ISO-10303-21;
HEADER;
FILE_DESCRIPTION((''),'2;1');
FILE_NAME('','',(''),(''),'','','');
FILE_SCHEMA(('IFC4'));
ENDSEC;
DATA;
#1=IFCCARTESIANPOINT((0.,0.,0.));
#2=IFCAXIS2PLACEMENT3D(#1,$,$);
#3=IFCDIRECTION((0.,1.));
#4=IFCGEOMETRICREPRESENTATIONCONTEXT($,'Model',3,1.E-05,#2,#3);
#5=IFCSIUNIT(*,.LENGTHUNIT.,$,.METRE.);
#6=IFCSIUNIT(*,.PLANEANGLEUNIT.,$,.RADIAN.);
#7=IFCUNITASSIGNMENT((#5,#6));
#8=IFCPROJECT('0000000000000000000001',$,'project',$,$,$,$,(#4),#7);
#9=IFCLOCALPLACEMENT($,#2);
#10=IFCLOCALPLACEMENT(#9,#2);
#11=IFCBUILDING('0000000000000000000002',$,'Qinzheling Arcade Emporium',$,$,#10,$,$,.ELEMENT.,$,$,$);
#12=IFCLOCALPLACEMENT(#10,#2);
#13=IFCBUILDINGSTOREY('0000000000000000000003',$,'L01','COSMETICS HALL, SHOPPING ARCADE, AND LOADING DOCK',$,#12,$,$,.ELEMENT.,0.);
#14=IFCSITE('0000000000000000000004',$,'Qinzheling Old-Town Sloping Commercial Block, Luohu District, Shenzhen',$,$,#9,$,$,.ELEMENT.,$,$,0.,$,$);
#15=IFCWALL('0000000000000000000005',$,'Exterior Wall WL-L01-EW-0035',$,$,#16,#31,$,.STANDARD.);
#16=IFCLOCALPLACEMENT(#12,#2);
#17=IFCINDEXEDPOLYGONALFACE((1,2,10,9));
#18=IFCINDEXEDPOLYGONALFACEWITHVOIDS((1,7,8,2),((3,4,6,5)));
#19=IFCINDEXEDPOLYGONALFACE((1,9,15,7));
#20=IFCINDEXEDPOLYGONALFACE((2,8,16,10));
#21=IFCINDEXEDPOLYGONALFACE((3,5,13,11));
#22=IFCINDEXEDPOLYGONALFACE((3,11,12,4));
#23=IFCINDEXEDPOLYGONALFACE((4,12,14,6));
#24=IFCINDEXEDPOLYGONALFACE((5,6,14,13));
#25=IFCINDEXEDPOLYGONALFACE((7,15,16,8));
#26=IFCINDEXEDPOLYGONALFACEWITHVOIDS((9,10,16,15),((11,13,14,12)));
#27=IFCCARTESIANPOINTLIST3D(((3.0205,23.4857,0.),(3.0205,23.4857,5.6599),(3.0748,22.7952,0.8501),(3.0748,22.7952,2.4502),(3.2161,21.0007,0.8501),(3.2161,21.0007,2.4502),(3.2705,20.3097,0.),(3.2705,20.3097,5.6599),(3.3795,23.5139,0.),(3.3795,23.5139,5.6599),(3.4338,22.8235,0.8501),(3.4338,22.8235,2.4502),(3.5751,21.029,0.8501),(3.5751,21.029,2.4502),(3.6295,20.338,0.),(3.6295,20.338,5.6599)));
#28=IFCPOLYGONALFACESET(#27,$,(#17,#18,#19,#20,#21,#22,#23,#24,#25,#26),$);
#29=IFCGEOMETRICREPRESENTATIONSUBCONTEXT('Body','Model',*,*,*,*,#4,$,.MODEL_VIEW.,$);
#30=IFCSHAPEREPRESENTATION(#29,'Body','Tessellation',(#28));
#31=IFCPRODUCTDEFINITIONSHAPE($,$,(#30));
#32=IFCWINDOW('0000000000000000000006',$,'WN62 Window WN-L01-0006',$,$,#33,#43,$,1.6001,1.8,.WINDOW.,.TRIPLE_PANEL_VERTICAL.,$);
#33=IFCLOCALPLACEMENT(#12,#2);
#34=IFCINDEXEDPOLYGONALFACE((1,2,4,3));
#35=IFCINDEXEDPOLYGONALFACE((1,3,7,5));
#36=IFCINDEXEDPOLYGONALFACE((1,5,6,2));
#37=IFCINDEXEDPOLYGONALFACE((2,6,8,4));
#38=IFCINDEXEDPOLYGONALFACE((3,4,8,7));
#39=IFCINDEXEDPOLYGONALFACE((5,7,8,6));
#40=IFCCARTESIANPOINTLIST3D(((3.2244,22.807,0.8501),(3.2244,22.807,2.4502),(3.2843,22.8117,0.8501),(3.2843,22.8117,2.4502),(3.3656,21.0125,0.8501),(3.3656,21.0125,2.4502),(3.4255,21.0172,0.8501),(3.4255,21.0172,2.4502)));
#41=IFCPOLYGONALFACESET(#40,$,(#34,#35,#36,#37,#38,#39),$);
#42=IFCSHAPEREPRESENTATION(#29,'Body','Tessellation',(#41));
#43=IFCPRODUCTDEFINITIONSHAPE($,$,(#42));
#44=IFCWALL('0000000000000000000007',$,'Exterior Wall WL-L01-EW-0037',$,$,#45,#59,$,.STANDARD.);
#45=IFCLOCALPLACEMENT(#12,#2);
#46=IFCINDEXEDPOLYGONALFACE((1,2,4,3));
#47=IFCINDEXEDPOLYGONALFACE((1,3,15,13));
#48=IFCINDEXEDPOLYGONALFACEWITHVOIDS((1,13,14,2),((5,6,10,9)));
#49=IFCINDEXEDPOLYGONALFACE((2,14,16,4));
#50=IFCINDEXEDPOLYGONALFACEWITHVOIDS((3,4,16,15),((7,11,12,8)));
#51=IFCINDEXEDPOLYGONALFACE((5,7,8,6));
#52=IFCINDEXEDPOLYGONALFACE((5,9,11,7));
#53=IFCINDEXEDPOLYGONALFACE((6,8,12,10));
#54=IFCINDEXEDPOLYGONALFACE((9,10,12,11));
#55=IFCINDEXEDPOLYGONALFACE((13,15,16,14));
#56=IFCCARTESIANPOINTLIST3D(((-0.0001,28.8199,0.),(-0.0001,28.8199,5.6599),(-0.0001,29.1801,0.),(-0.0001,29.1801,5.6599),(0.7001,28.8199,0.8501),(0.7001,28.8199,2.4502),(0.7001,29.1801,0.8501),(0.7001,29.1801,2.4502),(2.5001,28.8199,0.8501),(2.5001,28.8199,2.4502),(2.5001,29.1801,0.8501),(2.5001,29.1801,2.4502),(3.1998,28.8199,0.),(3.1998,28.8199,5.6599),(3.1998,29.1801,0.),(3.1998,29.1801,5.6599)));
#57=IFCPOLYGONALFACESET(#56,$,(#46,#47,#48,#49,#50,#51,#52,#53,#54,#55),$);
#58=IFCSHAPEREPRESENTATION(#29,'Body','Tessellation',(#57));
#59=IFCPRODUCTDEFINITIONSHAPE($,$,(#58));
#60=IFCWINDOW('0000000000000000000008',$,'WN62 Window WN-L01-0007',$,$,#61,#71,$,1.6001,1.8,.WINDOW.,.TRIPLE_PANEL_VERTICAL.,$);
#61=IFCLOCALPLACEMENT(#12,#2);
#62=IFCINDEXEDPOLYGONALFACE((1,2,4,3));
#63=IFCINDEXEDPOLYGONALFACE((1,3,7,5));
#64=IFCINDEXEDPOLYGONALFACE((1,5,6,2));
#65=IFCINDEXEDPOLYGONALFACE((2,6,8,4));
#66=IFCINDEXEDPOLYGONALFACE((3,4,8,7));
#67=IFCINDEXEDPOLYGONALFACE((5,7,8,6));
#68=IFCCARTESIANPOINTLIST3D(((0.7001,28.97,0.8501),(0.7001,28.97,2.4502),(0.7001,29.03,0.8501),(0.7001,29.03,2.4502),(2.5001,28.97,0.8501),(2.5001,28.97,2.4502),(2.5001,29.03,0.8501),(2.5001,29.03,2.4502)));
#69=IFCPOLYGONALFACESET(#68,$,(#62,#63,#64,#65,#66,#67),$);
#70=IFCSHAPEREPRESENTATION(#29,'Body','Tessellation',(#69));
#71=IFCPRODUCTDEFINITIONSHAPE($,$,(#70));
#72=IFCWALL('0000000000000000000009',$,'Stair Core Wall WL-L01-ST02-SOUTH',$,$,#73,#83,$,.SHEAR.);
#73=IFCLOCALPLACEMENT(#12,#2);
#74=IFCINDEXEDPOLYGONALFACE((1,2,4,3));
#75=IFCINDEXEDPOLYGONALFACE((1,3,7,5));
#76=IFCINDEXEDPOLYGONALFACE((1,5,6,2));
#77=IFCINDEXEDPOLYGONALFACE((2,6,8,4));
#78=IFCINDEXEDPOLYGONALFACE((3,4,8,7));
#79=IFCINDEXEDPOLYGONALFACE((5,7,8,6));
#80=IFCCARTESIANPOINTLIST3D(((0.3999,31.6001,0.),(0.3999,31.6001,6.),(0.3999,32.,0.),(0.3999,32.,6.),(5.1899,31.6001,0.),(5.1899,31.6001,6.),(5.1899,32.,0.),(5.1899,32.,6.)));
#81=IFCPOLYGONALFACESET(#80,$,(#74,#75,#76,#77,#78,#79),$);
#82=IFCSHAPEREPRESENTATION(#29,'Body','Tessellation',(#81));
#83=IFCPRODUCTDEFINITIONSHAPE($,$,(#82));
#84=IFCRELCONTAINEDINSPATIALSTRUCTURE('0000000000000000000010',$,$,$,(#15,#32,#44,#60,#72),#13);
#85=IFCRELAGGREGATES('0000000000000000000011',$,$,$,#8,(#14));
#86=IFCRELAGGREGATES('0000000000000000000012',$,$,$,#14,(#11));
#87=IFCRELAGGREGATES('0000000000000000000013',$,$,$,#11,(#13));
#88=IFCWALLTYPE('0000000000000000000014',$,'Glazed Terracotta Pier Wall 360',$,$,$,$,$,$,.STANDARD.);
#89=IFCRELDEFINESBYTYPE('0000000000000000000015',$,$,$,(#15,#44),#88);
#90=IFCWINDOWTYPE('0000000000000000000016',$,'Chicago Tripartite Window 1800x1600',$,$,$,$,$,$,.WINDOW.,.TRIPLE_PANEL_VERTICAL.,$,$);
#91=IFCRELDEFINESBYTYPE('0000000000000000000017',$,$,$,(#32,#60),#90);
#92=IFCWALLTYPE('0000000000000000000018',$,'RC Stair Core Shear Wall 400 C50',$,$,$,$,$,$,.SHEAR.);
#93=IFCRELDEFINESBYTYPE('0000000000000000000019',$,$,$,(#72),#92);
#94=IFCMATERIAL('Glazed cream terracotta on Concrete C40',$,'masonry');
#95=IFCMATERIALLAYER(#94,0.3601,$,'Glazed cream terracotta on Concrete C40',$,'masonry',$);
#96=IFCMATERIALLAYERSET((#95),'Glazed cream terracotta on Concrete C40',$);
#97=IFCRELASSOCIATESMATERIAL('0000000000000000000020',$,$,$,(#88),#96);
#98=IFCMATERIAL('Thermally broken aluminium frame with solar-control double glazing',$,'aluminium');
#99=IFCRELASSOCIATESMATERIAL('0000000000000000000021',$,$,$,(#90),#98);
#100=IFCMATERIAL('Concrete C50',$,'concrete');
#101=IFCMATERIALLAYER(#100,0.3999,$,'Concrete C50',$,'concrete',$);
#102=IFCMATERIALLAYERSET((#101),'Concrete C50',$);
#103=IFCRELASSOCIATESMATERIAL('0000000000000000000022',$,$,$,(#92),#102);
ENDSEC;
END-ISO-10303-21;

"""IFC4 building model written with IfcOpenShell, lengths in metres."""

from ifc_helpers import new_model, si_unit, direction, frame, frame_2d, origin, place, context, subcontext, project, spatial, rectangle, extrude, material, layer, layer_set, type_object, element, fill, save


model = new_model("IFC4")

# Units and contexts
model_context = context("Model", 3, precision=1e-05, world=origin(), true_north=direction((0.0, 1.0)))
body_context = subcontext(model_context, "Body", "Model", "MODEL_VIEW")
ifc_project = project(units=[si_unit("LENGTHUNIT", "METRE"), si_unit("PLANEANGLEUNIT", "RADIAN")], contexts=[model_context])

# Site, building, storey
site_placement = place(None, origin())
site = spatial("IfcSite", under=ifc_project, at=site_placement, Name="Qinzheling Old-Town Sloping Commercial Block, Luohu District, Shenzhen", CompositionType="ELEMENT", RefElevation=0.0)
building_placement = place(site_placement, origin())
building = spatial("IfcBuilding", under=site, at=building_placement, Name="Qinzheling Arcade Emporium", CompositionType="ELEMENT")
storey_placement = place(building_placement, origin())
storey = spatial("IfcBuildingStorey", under=building, at=storey_placement, Name="L01", Description="COSMETICS HALL, SHOPPING ARCADE, AND LOADING DOCK", CompositionType="ELEMENT", Elevation=0.0)

# Shared definitions
ifc_material_1 = material(Name="Concrete C50", Category="concrete")

# Shared definitions
ifc_material_2 = material(Name="Glazed cream terracotta on Concrete C40", Category="masonry")

# Walls, openings, windows
ifc_layer_1 = layer(ifc_material_2, 0.3601, Name="Glazed cream terracotta on Concrete C40", Category="masonry")
ifc_layer_set_1 = layer_set([ifc_layer_1], Name="Glazed cream terracotta on Concrete C40")
wall_type_1 = type_object("IfcWallType", Name="Glazed Terracotta Pier Wall 360", PredefinedType="STANDARD", material=ifc_layer_set_1)
wall_1_placement = place(storey_placement, frame((3.45, 20.324, 0.0), z_axis=(0.0, 0.0, 1.0), x_axis=(-0.078472, 0.996916, 0.0)))
wall_1 = element("IfcWall", 1, at=wall_1_placement, inside=storey, type_object=wall_type_1, Name="Exterior Wall WL-L01-EW-0035", PredefinedType="STANDARD", context=body_context, shape_type="SweptSolid", body=[
    extrude(rectangle(XDim=3.1858, YDim=0.3601, at=frame_2d((1.5928, 0.0))), origin(), (0.0, 0.0, 1.0), 5.6599),
])
opening_1_placement = place(wall_1_placement, frame((0.6931, 0.0, 0.8501)))
opening_1 = element("IfcOpeningElement", 2, at=opening_1_placement, cuts=wall_1, PredefinedType="OPENING", context=body_context, shape_type="SweptSolid", body=[
    extrude(rectangle(XDim=1.8, YDim=1.6001, at=frame_2d((0.8999, 0.8))), frame((0.0, 0.1899, 0.0), z_axis=(0.0, -1.0, 0.0), x_axis=(1.0, 0.0, 0.0)), (0.0, 0.0, 1.0), 0.3801),
])
ifc_material_3 = material(Name="Thermally broken aluminium frame with solar-control double glazing", Category="aluminium")
window_type = type_object("IfcWindowType", Name="Chicago Tripartite Window 1800x1600", PartitioningType="TRIPLE_PANEL_VERTICAL", PredefinedType="WINDOW", material=ifc_material_3)
window_1_placement = place(opening_1_placement, origin())
window_1 = element("IfcWindow", 3, at=window_1_placement, inside=storey, type_object=window_type, Name="WN62 Window WN-L01-0006", OverallHeight=1.6001, OverallWidth=1.8, PartitioningType="TRIPLE_PANEL_VERTICAL", PredefinedType="WINDOW", context=body_context, shape_type="SweptSolid", body=[
    extrude(rectangle(XDim=1.8, YDim=1.6001, at=frame_2d((0.8999, 0.8))), frame((0.0, 0.03, 0.0), z_axis=(0.0, -1.0, 0.0), x_axis=(1.0, 0.0, 0.0)), (0.0, 0.0, 1.0), 0.0601),
])
fill(opening_1, window_1)
wall_2_placement = place(storey_placement, frame((3.2, 29.0, 0.0), z_axis=(0.0, 0.0, 1.0), x_axis=(-1.0, 0.0, 0.0)))
wall_2 = element("IfcWall", 4, at=wall_2_placement, inside=storey, type_object=wall_type_1, Name="Exterior Wall WL-L01-EW-0037", PredefinedType="STANDARD", context=body_context, shape_type="SweptSolid", body=[
    extrude(rectangle(XDim=3.2, YDim=0.3601, at=frame_2d((1.6001, 0.0))), origin(), (0.0, 0.0, 1.0), 5.6599),
])
opening_2_placement = place(wall_2_placement, frame((0.7, 0.0, 0.8501)))
opening_2 = element("IfcOpeningElement", 5, at=opening_2_placement, cuts=wall_2, PredefinedType="OPENING", context=body_context, shape_type="SweptSolid", body=[
    extrude(rectangle(XDim=1.8, YDim=1.6001, at=frame_2d((0.8999, 0.8))), frame((0.0, 0.1899, 0.0), z_axis=(0.0, -1.0, 0.0), x_axis=(1.0, 0.0, 0.0)), (0.0, 0.0, 1.0), 0.3801),
])
window_2_placement = place(opening_2_placement, origin())
window_2 = element("IfcWindow", 6, at=window_2_placement, inside=storey, type_object=window_type, Name="WN62 Window WN-L01-0007", OverallHeight=1.6001, OverallWidth=1.8, PartitioningType="TRIPLE_PANEL_VERTICAL", PredefinedType="WINDOW", context=body_context, shape_type="SweptSolid", body=[
    extrude(rectangle(XDim=1.8, YDim=1.6001, at=frame_2d((0.8999, 0.8))), frame((0.0, 0.03, 0.0), z_axis=(0.0, -1.0, 0.0), x_axis=(1.0, 0.0, 0.0)), (0.0, 0.0, 1.0), 0.0601),
])
fill(opening_2, window_2)

# Wall
ifc_layer_2 = layer(ifc_material_1, 0.3999, Name="Concrete C50", Category="concrete")
ifc_layer_set_2 = layer_set([ifc_layer_2], Name="Concrete C50")
wall_type_2 = type_object("IfcWallType", Name="RC Stair Core Shear Wall 400 C50", PredefinedType="SHEAR", material=ifc_layer_set_2)
wall_3_placement = place(storey_placement, frame((5.1899, 31.8, 0.0), z_axis=(0.0, 0.0, 1.0), x_axis=(-1.0, 0.0, 0.0)))
element("IfcWall", 7, at=wall_3_placement, inside=storey, type_object=wall_type_2, Name="Stair Core Wall WL-L01-ST02-SOUTH", PredefinedType="SHEAR", context=body_context, shape_type="SweptSolid", body=[
    extrude(rectangle(XDim=4.79, YDim=0.3999, at=frame_2d((2.395, 0.0))), origin(), (0.0, 0.0, 1.0), 6.0),
])

save(model, "model.ifc")
